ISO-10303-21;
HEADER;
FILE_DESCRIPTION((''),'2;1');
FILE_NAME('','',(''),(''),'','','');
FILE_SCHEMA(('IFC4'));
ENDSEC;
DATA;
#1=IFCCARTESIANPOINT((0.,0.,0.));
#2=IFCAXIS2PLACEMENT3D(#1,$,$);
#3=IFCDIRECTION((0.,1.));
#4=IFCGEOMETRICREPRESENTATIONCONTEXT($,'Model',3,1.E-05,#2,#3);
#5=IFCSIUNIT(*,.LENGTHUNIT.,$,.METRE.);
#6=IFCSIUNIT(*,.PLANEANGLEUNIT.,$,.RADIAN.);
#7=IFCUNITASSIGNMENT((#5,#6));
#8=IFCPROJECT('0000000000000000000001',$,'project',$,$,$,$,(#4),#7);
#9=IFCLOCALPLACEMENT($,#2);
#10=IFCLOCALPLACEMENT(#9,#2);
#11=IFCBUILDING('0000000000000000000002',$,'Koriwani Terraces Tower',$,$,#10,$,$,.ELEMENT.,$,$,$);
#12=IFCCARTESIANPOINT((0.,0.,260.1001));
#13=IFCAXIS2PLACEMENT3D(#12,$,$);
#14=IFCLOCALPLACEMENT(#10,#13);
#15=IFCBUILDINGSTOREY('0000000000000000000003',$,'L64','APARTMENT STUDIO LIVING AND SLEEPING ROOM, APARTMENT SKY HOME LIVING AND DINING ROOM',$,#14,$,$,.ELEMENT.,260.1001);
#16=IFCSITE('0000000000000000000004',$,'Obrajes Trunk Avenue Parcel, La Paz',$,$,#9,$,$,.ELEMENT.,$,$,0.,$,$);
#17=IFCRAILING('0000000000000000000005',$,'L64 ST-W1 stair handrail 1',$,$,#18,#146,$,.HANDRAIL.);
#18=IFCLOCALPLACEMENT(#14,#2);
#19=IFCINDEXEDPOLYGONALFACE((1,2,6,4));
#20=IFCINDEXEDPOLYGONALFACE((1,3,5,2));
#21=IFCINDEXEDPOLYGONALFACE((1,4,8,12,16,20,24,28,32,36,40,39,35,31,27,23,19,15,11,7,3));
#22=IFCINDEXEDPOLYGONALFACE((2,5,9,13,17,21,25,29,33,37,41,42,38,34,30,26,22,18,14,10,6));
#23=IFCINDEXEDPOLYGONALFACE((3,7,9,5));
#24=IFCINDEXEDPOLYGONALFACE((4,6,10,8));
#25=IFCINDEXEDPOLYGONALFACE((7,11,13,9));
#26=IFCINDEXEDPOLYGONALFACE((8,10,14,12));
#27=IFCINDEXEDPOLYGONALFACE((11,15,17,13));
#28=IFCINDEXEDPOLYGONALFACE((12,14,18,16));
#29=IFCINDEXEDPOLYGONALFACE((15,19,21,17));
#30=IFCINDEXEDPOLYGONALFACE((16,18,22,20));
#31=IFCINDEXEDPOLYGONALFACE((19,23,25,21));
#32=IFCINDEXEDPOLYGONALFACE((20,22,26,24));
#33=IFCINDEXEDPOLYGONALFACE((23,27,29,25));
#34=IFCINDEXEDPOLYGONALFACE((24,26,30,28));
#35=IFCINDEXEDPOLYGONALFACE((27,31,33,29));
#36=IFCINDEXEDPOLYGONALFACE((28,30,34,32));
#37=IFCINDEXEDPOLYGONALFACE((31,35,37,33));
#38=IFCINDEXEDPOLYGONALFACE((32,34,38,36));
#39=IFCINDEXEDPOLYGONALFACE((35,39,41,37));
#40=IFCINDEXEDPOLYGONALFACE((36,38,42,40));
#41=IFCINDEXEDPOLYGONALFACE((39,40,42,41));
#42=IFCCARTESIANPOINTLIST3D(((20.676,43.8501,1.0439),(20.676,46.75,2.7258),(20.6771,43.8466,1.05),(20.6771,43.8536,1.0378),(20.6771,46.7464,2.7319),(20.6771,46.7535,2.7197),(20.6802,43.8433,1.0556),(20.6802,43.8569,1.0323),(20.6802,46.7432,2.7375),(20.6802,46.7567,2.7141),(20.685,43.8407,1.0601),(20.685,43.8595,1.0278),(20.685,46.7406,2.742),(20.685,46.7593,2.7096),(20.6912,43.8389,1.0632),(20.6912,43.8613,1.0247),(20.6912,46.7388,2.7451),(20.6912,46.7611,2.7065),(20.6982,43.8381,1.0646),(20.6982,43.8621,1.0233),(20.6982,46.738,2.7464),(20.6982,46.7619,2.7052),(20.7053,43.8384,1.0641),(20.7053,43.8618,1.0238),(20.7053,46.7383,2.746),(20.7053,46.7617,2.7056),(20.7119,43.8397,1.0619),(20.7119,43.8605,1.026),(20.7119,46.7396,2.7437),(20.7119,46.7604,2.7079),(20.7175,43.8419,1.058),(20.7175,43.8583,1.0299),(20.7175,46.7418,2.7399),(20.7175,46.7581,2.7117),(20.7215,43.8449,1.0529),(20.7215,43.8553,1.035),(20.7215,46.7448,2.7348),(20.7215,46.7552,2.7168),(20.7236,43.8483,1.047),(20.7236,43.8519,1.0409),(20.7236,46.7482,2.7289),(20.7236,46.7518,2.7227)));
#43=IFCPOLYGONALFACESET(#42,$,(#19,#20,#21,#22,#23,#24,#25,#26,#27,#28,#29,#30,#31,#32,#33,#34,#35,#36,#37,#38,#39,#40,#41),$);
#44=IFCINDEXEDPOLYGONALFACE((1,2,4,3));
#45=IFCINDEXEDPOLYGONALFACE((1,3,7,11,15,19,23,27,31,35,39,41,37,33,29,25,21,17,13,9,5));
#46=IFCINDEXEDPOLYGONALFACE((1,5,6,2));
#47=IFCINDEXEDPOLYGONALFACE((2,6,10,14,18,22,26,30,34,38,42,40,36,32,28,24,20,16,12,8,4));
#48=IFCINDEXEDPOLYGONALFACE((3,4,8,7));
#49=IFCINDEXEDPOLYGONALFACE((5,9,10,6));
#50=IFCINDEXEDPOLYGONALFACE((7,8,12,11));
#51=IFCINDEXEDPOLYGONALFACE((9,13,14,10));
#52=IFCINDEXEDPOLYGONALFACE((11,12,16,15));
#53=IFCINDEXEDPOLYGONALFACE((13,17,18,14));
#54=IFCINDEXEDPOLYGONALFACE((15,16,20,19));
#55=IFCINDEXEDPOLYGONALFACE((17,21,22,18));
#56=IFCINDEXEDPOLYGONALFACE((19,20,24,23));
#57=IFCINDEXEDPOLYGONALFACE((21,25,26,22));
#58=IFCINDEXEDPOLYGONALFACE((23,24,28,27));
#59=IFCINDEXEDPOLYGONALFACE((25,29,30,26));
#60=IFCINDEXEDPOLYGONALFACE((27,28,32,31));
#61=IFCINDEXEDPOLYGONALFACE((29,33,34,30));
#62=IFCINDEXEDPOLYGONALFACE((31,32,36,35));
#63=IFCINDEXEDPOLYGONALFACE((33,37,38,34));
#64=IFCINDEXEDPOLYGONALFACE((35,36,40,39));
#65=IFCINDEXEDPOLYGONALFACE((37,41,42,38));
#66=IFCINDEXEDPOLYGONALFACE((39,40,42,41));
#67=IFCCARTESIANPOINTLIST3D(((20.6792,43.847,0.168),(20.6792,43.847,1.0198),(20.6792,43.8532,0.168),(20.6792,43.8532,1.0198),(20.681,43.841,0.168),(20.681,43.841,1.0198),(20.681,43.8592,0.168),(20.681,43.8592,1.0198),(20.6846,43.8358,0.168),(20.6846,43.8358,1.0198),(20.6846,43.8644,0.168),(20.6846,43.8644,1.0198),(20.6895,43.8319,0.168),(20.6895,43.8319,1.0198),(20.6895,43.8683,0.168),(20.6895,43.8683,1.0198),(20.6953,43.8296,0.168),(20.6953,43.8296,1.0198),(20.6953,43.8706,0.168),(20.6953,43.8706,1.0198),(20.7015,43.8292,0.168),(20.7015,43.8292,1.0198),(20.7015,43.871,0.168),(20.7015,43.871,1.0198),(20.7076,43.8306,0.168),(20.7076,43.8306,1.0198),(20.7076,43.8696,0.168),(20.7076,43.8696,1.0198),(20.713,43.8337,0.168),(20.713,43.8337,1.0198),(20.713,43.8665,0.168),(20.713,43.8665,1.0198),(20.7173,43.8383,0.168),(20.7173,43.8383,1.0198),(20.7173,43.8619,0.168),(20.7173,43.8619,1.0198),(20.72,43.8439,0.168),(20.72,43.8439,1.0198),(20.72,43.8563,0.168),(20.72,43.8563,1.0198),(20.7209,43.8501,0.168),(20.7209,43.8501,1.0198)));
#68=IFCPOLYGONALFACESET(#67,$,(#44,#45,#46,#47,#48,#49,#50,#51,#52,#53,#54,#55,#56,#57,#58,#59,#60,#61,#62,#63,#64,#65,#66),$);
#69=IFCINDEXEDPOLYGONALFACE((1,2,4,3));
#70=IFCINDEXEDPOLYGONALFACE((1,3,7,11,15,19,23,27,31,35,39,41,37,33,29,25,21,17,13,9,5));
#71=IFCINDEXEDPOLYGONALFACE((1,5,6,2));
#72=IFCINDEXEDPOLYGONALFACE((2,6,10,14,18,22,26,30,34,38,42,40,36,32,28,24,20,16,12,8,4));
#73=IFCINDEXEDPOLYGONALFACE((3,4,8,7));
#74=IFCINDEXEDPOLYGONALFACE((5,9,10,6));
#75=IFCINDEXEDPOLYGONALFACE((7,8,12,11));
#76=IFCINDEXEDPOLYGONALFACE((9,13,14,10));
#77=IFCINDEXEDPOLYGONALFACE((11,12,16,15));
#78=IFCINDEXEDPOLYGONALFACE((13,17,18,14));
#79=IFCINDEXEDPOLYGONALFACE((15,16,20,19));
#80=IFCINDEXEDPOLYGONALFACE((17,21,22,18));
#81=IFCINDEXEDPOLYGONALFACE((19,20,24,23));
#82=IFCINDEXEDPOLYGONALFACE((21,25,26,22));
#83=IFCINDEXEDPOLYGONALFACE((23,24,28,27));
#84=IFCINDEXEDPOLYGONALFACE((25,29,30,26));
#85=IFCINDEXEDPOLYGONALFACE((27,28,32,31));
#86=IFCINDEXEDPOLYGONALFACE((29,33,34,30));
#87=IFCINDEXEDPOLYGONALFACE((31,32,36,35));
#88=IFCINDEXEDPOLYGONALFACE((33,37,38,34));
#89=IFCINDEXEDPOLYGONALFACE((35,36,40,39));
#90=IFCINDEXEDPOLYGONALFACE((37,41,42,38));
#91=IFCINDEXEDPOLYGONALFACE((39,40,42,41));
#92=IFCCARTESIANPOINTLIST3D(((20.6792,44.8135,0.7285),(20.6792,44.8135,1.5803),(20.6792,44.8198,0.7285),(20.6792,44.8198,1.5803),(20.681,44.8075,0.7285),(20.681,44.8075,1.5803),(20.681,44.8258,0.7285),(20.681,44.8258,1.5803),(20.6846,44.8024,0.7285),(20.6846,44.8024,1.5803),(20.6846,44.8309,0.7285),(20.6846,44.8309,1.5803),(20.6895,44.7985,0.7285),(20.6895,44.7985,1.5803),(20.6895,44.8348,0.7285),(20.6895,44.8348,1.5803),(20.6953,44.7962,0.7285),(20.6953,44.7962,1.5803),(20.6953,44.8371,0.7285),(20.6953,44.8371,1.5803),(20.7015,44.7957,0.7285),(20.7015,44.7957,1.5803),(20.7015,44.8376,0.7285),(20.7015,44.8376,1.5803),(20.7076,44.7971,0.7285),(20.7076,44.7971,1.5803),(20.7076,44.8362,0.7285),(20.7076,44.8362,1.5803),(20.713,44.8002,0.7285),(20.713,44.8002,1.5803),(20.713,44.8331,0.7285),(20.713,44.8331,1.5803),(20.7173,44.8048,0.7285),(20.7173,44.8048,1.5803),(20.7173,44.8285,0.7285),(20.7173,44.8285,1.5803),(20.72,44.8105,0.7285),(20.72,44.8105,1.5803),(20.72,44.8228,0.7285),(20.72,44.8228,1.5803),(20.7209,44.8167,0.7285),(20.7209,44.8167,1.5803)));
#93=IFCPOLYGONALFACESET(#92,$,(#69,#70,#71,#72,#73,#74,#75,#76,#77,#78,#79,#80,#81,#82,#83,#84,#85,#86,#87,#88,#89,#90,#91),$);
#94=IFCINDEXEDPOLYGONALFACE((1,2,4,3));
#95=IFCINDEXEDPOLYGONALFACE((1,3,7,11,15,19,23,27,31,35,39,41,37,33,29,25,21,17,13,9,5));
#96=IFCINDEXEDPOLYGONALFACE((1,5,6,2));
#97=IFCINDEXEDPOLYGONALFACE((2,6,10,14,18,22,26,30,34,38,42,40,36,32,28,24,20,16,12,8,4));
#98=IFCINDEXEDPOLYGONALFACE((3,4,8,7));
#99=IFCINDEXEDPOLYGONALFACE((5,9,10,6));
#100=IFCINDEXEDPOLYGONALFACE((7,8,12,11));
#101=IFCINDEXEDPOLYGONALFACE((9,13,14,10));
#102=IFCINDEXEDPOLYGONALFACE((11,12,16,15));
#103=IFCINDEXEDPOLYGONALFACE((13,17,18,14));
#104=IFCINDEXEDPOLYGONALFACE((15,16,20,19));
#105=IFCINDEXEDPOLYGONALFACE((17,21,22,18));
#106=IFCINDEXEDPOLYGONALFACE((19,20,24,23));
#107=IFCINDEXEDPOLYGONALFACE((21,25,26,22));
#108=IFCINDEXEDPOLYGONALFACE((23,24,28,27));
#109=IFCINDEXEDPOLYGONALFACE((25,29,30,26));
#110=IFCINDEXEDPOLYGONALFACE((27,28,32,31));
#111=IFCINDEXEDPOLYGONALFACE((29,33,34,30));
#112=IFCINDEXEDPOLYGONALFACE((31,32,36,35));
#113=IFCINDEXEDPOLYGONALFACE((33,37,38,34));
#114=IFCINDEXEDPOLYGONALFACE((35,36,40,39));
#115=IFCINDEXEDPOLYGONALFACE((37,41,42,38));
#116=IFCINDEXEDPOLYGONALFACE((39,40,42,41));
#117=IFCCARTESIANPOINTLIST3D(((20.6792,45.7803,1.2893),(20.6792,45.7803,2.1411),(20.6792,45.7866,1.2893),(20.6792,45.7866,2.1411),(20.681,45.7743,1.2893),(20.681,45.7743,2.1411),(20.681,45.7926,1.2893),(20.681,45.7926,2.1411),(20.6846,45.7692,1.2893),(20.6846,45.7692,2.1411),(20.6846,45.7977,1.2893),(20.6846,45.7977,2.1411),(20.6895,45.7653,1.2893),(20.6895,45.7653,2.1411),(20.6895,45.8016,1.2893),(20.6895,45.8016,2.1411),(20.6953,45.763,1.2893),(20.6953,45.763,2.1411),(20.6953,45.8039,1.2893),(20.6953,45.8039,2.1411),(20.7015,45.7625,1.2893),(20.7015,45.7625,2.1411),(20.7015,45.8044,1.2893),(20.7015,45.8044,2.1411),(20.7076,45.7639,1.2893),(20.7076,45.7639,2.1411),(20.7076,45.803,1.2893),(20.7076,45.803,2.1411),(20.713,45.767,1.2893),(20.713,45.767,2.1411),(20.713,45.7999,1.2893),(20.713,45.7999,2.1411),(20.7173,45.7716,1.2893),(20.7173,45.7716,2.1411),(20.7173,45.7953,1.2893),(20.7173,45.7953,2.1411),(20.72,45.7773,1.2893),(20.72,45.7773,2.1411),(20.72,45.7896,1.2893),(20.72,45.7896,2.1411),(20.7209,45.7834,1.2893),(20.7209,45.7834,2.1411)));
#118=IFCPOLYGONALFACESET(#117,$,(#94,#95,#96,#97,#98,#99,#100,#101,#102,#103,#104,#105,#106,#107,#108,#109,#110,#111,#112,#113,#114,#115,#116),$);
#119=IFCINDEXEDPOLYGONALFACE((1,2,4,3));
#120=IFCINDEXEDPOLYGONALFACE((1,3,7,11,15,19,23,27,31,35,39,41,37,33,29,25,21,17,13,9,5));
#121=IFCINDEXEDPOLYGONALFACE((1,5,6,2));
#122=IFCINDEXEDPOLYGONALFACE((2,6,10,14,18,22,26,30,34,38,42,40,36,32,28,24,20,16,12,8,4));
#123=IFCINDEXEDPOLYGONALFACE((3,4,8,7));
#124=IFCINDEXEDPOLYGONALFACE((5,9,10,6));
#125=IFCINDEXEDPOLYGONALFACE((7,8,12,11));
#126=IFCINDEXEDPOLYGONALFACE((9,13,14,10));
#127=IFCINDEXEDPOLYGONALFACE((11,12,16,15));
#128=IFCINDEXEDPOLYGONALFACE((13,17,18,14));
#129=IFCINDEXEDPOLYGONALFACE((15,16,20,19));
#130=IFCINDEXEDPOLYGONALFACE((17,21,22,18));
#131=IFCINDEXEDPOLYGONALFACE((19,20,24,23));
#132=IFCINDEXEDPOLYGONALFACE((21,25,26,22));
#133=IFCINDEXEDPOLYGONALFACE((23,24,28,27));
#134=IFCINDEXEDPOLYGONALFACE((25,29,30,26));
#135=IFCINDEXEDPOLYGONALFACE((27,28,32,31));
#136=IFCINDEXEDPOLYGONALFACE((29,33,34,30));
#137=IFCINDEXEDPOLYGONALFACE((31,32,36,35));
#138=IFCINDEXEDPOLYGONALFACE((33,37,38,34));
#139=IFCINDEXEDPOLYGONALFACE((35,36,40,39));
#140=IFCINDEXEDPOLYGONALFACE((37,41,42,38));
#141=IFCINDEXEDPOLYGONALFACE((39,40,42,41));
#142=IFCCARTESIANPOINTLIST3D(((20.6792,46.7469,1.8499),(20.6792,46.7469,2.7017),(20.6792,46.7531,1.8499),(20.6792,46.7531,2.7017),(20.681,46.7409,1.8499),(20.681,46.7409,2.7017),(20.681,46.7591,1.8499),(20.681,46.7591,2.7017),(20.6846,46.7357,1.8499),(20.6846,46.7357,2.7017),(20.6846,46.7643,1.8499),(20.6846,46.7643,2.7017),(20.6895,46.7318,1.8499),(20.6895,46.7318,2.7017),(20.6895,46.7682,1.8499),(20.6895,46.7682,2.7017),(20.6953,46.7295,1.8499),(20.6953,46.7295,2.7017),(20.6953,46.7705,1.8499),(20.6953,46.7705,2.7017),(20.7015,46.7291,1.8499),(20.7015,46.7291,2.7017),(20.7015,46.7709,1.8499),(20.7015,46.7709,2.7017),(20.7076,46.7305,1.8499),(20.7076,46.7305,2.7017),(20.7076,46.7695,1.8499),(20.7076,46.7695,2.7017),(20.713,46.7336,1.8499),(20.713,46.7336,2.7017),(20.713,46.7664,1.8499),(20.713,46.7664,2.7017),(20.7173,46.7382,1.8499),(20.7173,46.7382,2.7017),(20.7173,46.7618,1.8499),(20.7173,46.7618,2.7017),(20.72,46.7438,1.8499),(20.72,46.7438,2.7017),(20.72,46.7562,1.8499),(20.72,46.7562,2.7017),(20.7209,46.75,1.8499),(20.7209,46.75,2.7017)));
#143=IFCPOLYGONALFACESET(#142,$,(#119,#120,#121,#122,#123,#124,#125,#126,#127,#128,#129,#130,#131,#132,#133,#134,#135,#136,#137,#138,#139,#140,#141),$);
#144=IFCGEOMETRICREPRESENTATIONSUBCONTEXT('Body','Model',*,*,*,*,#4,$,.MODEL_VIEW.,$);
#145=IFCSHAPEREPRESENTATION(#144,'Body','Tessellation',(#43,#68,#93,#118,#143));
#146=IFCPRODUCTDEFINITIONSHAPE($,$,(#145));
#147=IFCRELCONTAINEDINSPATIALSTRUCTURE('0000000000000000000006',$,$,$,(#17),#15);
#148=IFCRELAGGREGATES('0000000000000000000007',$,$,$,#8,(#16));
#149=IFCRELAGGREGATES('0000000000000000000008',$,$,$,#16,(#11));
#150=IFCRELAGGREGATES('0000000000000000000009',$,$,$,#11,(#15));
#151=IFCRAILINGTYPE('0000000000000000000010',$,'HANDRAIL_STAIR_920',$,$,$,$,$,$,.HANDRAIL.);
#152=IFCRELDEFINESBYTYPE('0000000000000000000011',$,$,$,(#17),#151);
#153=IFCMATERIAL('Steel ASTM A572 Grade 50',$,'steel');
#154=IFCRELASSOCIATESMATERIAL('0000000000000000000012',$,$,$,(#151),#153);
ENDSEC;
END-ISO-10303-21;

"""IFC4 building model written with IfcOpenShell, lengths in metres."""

from ifc_helpers import new_model, si_unit, direction, frame, origin, origin_2d, place, context, subcontext, project, spatial, circle, extrude, material, type_object, element, save


model = new_model("IFC4")

# Units and contexts
model_context = context("Model", 3, precision=1e-05, world=origin(), true_north=direction((0.0, 1.0)))
body_context = subcontext(model_context, "Body", "Model", "MODEL_VIEW")
ifc_project = project(units=[si_unit("LENGTHUNIT", "METRE"), si_unit("PLANEANGLEUNIT", "RADIAN")], contexts=[model_context])

# Site, building, storey
site_placement = place(None, origin())
site = spatial("IfcSite", under=ifc_project, at=site_placement, Name="Obrajes Trunk Avenue Parcel, La Paz", CompositionType="ELEMENT", RefElevation=0.0)
building_placement = place(site_placement, origin())
building = spatial("IfcBuilding", under=site, at=building_placement, Name="Koriwani Terraces Tower", CompositionType="ELEMENT")
storey_placement = place(building_placement, frame((0.0, 0.0, 260.1001)))
storey = spatial("IfcBuildingStorey", under=building, at=storey_placement, Name="L64", Description="APARTMENT STUDIO LIVING AND SLEEPING ROOM, APARTMENT SKY HOME LIVING AND DINING ROOM", CompositionType="ELEMENT", Elevation=260.1001)

# Railing
ifc_material_1 = material(Name="Steel ASTM A572 Grade 50", Category="steel")
railing_type_1 = type_object("IfcRailingType", Name="HANDRAIL_STAIR_920", PredefinedType="HANDRAIL", material=ifc_material_1)
railing_1_placement = place(storey_placement, frame((20.7, 43.8501, 0.168)))
element("IfcRailing", 1, at=railing_1_placement, inside=storey, type_object=railing_type_1, Name="L64 ST-W1 stair handrail 1", PredefinedType="HANDRAIL", context=body_context, shape_type="SweptSolid", body=[
    extrude(circle(Radius=0.0239, at=origin_2d()), frame((0.0, 0.0, 0.876), z_axis=(0.0, 0.865039, 0.501705), x_axis=(-1.0, 0.0, 0.0)), (0.0, 0.0, 1.0), 3.3523),
    extrude(circle(Radius=0.021, at=origin_2d()), origin(), (0.0, 0.0, 1.0), 0.8518),
    extrude(circle(Radius=0.021, at=origin_2d()), frame((0.0, 0.9666, 0.5605)), (0.0, 0.0, 1.0), 0.8518),
    extrude(circle(Radius=0.021, at=origin_2d()), frame((0.0, 1.9333, 1.1213)), (0.0, 0.0, 1.0), 0.8518),
    extrude(circle(Radius=0.021, at=origin_2d()), frame((0.0, 2.8999, 1.6819)), (0.0, 0.0, 1.0), 0.8518),
])

save(model, "model.ifc")
